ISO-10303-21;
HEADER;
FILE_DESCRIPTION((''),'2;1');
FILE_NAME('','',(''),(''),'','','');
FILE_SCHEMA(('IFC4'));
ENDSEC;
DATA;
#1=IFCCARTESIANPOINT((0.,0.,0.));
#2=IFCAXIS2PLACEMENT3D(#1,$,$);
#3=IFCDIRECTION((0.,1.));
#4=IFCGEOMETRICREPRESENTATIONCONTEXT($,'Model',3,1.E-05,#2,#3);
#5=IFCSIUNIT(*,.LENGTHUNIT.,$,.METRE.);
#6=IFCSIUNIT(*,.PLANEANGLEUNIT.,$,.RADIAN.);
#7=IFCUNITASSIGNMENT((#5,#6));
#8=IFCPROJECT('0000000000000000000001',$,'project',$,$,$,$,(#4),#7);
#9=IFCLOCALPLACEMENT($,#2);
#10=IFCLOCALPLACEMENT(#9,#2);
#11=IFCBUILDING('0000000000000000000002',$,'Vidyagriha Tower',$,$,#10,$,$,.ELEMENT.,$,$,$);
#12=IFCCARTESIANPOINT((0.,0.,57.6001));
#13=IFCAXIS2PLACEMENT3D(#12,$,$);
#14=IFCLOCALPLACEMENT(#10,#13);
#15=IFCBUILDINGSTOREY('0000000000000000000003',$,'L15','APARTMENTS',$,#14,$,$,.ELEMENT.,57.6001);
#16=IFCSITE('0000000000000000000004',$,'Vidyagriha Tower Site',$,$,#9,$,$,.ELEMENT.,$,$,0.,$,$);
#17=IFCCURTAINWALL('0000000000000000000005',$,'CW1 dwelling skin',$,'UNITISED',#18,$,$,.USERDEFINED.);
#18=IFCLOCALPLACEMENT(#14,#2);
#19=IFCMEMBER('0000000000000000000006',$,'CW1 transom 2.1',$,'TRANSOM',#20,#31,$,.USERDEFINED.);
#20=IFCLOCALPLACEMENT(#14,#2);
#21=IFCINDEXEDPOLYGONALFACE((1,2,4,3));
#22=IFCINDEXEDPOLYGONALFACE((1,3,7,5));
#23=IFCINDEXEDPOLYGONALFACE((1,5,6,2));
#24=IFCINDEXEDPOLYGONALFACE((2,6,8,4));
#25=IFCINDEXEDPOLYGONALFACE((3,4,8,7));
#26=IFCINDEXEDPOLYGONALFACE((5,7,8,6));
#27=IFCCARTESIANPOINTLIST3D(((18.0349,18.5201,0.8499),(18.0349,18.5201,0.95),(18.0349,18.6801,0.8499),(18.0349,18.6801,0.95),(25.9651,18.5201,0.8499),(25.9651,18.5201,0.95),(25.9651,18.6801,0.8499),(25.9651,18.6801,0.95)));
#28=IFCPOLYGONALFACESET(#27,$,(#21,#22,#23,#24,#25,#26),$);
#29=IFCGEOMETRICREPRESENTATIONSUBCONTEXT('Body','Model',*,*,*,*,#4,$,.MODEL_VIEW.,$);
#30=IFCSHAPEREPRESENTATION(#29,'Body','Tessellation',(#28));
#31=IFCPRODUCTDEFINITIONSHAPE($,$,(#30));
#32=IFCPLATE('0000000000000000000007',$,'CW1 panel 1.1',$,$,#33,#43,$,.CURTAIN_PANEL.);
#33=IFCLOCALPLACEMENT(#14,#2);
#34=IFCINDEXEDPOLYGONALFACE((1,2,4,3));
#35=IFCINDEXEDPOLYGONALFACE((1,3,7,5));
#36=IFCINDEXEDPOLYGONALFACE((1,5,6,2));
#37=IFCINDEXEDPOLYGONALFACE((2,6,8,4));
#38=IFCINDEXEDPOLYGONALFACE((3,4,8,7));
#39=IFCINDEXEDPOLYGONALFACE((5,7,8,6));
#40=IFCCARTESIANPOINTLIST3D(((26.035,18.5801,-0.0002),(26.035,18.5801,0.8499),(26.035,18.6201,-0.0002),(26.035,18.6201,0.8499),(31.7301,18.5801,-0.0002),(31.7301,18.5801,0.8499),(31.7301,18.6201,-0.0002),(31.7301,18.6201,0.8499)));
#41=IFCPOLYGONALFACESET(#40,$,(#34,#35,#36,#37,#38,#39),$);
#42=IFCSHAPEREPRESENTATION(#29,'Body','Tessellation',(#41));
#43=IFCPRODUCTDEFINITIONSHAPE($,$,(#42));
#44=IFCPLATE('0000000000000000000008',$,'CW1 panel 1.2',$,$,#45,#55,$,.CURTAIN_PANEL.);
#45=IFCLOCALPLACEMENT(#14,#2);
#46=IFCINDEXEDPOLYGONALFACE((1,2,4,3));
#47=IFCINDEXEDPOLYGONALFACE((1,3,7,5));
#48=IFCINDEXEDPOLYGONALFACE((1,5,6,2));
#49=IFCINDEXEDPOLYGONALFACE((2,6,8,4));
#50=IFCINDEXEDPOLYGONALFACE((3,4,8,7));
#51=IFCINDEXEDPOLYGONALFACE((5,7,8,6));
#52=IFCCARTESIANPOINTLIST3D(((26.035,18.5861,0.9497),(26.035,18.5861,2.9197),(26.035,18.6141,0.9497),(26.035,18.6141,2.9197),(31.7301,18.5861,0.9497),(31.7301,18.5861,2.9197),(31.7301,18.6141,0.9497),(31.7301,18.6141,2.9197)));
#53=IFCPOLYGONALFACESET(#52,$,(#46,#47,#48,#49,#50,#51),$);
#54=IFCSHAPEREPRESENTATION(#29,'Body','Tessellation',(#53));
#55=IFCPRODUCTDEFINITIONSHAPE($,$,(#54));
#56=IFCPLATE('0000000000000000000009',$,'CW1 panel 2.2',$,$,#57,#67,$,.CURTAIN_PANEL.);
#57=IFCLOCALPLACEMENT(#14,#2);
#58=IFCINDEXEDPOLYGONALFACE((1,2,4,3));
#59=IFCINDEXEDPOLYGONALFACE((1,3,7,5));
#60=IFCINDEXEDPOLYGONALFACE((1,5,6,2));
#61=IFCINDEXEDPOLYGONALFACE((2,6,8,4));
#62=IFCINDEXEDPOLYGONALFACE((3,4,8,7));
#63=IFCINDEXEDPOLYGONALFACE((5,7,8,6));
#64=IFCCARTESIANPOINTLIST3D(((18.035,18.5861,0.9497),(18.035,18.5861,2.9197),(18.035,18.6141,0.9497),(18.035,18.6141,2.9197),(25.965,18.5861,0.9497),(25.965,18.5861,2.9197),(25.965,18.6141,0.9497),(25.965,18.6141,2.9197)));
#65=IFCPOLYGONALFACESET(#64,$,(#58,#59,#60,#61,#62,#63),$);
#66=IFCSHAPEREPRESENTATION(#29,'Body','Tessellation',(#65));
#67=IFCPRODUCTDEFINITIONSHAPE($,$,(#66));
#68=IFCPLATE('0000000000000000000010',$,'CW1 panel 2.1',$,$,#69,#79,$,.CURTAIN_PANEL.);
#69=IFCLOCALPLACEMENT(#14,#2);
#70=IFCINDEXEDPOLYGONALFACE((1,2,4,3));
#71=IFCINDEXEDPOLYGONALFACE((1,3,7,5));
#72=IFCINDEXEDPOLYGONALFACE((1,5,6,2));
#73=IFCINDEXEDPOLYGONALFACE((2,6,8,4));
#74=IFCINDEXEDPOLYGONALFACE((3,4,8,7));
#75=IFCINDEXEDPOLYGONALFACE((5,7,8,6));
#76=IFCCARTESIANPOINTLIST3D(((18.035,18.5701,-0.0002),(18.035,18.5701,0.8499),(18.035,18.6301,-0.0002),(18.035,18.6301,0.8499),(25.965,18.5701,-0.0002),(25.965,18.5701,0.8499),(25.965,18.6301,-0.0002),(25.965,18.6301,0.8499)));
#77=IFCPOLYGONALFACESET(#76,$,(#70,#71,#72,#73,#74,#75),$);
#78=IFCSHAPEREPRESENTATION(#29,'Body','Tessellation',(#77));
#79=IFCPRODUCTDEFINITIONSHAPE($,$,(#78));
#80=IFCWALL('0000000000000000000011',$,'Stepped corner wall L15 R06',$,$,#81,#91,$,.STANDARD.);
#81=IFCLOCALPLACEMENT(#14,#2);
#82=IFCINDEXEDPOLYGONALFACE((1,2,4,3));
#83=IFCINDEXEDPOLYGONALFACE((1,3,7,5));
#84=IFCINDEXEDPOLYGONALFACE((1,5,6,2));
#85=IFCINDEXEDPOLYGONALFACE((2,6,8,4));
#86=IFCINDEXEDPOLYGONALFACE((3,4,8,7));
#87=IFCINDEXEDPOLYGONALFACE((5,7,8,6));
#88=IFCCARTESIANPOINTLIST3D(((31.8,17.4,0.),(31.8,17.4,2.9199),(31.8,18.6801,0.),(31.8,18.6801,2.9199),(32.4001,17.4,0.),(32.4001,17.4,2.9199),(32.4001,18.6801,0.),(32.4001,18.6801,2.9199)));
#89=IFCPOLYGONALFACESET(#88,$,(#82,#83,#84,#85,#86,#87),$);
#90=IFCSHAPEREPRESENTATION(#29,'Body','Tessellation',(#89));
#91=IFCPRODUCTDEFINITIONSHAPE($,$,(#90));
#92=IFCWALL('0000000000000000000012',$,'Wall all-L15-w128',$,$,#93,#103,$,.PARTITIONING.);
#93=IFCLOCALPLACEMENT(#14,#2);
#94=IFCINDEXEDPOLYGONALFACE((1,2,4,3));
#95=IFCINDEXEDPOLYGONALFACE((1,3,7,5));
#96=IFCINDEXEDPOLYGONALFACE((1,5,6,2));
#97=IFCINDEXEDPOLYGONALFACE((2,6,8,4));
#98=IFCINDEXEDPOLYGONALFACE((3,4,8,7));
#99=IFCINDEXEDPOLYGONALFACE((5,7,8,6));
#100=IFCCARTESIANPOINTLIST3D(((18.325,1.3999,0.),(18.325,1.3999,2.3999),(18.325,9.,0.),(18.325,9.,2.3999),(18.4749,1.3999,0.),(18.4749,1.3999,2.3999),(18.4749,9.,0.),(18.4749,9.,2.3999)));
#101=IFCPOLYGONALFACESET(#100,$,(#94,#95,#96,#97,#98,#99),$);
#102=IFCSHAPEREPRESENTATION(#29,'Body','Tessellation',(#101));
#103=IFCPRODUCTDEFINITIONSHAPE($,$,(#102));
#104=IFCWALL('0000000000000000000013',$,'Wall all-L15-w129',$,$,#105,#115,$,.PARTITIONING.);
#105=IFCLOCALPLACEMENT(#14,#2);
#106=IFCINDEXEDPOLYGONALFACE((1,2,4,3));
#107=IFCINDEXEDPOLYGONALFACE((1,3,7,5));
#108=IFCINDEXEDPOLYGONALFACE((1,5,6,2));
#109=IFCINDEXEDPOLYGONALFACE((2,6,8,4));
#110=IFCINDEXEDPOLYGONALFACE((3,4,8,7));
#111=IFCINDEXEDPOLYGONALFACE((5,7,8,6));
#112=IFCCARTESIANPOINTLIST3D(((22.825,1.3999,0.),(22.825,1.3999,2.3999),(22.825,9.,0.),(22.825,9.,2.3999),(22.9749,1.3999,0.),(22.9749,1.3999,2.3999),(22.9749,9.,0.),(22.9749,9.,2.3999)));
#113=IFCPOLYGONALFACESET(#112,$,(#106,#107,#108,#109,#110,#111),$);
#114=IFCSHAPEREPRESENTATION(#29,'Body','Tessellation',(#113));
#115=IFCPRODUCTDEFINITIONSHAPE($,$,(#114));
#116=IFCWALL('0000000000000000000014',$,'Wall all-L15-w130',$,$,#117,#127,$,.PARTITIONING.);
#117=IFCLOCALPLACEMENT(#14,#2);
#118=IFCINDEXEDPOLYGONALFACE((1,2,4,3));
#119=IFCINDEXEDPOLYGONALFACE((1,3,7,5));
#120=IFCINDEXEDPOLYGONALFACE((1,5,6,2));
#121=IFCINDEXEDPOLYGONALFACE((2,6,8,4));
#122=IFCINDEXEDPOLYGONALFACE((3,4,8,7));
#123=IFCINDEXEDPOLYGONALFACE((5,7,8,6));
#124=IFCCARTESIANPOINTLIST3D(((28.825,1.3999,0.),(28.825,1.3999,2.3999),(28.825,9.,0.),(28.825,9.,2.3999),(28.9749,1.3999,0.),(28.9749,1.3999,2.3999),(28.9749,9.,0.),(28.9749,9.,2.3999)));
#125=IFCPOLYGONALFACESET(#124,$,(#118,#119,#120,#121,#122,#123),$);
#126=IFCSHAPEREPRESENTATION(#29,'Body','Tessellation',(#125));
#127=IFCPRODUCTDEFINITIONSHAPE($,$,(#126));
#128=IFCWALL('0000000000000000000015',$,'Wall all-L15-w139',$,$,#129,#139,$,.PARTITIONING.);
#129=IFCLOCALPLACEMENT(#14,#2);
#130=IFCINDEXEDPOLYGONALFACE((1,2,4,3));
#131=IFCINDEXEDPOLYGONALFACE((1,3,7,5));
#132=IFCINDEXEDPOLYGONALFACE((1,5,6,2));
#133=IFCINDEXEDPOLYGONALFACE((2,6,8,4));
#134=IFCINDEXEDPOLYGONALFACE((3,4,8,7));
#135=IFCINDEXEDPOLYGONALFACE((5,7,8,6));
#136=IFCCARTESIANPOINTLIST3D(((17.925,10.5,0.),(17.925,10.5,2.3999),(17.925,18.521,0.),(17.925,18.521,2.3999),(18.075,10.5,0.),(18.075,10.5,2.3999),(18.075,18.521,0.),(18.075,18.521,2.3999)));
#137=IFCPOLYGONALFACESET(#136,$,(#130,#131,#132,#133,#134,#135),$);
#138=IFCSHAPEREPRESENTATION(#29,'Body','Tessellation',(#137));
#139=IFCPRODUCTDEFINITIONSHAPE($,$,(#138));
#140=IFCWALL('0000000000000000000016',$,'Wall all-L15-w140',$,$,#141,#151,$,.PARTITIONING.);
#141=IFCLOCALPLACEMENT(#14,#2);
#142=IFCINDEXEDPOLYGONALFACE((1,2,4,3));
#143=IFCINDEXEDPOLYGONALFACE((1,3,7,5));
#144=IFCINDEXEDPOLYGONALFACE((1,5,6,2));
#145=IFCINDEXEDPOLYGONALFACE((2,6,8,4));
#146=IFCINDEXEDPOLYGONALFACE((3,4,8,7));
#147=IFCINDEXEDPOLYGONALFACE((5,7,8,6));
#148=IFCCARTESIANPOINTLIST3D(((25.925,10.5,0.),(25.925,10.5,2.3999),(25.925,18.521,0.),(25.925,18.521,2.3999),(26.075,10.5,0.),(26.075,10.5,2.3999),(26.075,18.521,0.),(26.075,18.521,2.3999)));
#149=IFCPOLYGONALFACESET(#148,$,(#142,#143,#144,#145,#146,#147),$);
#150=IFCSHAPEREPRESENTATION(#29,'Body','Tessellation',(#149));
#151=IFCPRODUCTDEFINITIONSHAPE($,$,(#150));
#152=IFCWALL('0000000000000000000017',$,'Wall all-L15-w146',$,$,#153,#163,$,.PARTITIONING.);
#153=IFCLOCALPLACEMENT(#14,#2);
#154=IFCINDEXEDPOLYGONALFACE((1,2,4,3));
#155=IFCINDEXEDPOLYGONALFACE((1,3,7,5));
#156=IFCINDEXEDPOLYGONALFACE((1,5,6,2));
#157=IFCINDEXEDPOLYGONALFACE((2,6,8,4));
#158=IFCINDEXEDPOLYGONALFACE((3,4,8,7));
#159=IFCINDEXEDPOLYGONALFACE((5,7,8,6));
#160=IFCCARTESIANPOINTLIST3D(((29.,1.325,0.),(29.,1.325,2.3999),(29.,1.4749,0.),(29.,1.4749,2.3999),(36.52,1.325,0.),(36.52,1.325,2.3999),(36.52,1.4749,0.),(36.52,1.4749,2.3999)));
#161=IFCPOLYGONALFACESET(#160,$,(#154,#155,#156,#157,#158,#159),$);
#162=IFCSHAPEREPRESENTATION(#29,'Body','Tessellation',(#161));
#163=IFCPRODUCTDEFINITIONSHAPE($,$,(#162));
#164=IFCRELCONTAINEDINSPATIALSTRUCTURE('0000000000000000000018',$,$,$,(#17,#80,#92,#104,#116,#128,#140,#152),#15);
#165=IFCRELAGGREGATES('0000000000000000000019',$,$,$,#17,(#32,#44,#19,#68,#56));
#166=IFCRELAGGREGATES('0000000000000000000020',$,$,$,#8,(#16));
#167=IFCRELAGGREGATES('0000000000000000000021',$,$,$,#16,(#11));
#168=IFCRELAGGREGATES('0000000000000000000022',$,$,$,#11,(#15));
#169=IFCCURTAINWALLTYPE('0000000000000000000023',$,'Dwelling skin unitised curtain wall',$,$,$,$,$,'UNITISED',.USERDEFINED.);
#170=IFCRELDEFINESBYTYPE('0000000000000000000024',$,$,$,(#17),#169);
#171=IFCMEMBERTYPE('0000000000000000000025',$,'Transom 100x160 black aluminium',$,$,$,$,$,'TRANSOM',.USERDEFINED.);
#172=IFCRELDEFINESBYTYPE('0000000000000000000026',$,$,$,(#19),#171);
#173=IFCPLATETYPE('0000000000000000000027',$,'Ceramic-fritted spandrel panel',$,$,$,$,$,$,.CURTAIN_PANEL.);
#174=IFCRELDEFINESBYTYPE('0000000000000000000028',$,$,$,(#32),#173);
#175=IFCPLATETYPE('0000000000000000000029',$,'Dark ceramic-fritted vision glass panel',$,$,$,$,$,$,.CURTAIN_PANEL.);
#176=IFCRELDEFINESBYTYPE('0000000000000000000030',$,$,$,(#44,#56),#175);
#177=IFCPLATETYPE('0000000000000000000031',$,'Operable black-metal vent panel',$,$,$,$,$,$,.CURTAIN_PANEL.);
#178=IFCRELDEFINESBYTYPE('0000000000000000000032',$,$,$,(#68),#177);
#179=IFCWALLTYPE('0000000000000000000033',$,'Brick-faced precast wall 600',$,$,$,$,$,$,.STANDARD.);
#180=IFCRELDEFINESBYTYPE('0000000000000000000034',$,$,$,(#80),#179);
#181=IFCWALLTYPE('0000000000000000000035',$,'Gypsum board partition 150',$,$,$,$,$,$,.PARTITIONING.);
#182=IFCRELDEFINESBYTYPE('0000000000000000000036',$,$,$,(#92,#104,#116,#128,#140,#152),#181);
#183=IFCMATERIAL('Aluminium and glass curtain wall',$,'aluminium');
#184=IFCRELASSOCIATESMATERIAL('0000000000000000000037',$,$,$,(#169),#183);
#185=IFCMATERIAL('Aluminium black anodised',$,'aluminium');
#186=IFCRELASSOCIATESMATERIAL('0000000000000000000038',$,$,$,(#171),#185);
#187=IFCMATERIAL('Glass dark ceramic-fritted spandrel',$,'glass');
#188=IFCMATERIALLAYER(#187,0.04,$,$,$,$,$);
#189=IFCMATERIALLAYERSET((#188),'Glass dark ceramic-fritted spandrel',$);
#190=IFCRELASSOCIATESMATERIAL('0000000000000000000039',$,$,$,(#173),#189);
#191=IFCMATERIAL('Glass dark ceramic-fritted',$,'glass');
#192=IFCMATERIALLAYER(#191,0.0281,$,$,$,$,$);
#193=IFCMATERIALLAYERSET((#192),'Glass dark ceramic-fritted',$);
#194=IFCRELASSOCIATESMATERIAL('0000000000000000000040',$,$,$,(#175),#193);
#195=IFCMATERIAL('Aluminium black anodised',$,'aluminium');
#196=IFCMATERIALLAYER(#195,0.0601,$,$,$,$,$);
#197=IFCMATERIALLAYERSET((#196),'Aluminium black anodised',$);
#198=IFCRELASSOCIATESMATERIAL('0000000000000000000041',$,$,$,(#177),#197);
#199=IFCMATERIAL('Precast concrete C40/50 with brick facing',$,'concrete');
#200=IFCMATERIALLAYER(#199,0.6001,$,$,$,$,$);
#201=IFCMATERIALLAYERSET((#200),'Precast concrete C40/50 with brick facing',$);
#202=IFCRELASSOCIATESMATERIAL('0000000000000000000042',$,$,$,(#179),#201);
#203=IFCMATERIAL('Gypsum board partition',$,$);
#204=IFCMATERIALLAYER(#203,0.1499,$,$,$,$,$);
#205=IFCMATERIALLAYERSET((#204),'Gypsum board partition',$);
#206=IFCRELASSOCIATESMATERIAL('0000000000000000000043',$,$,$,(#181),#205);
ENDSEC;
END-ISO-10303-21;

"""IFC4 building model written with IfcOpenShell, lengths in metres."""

from ifc_helpers import new_model, si_unit, direction, frame, frame_2d, origin, origin_2d, place, context, subcontext, project, spatial, rectangle, extrude, material, layer, layer_set, material_profile, profile_set, type_object, element, aggregate, save


model = new_model("IFC4")

# Units and contexts
model_context = context("Model", 3, precision=1e-05, world=origin(), true_north=direction((0.0, 1.0)))
body_context = subcontext(model_context, "Body", "Model", "MODEL_VIEW")
ifc_project = project(units=[si_unit("LENGTHUNIT", "METRE"), si_unit("PLANEANGLEUNIT", "RADIAN")], contexts=[model_context])

# Site, building, storey
site_placement = place(None, origin())
site = spatial("IfcSite", under=ifc_project, at=site_placement, Name="Vidyagriha Tower Site", CompositionType="ELEMENT", RefElevation=0.0)
building_placement = place(site_placement, origin())
building = spatial("IfcBuilding", under=site, at=building_placement, Name="Vidyagriha Tower", CompositionType="ELEMENT")
storey_placement = place(building_placement, frame((0.0, 0.0, 57.6001)))
storey = spatial("IfcBuildingStorey", under=building, at=storey_placement, Name="L15", Description="APARTMENTS", CompositionType="ELEMENT", Elevation=57.6001)

# Curtain wall, member, plates
ifc_material_1 = material(Name="Aluminium and glass curtain wall", Category="aluminium")
curtain_wall_type = type_object("IfcCurtainWallType", Name="Dwelling skin unitised curtain wall", ElementType="UNITISED", PredefinedType="USERDEFINED", material=ifc_material_1)
curtain_wall_placement = place(storey_placement, origin())
curtain_wall = element("IfcCurtainWall", 1, at=curtain_wall_placement, inside=storey, type_object=curtain_wall_type, Name="CW1 dwelling skin", ObjectType="UNITISED", PredefinedType="USERDEFINED")
ifc_material_2 = material(Name="Aluminium black anodised", Category="aluminium")
ifc_material_profile_1 = material_profile(ifc_material_2, rectangle(XDim=0.1599, YDim=0.1001, at=origin_2d()), Name="Transom 100x160 black aluminium")
ifc_profile_set_1 = profile_set([ifc_material_profile_1], Name="Aluminium black anodised")
member_type_1 = type_object("IfcMemberType", Name="Transom 100x160 black aluminium", ElementType="TRANSOM", PredefinedType="USERDEFINED", material=ifc_profile_set_1)
member_1_placement = place(storey_placement, frame((25.9651, 18.6001, 0.8999), z_axis=(-1.0, 0.0, 0.0), x_axis=(0.0, -1.0, 0.0)))
member_1 = element("IfcMember", 2, at=member_1_placement, type_object=member_type_1, Name="CW1 transom 2.1", ObjectType="TRANSOM", PredefinedType="USERDEFINED", context=body_context, shape_type="SweptSolid", body=[
    extrude(rectangle(XDim=0.1599, YDim=0.1001, at=origin_2d()), origin(), (0.0, 0.0, 1.0), 7.9302),
])
ifc_material_3 = material(Name="Glass dark ceramic-fritted spandrel", Category="glass")
ifc_layer_1 = layer(ifc_material_3, 0.04)
ifc_layer_set_1 = layer_set([ifc_layer_1], Name="Glass dark ceramic-fritted spandrel")
plate_type_1 = type_object("IfcPlateType", Name="Ceramic-fritted spandrel panel", PredefinedType="CURTAIN_PANEL", material=ifc_layer_set_1)
plate_1_placement = place(storey_placement, frame((28.8826, 18.6001, -0.0002), z_axis=(0.0, 0.0, 1.0), x_axis=(-1.0, 0.0, 0.0)))
plate_1 = element("IfcPlate", 3, at=plate_1_placement, type_object=plate_type_1, Name="CW1 panel 1.1", PredefinedType="CURTAIN_PANEL", context=body_context, shape_type="SweptSolid", body=[
    extrude(rectangle(XDim=5.6951, YDim=0.04, at=origin_2d()), origin(), (0.0, 0.0, 1.0), 0.8501),
])
ifc_material_4 = material(Name="Glass dark ceramic-fritted", Category="glass")
ifc_layer_2 = layer(ifc_material_4, 0.0281)
ifc_layer_set_2 = layer_set([ifc_layer_2], Name="Glass dark ceramic-fritted")
plate_type_2 = type_object("IfcPlateType", Name="Dark ceramic-fritted vision glass panel", PredefinedType="CURTAIN_PANEL", material=ifc_layer_set_2)
plate_2_placement = place(storey_placement, frame((28.8826, 18.6001, 0.9497), z_axis=(0.0, 0.0, 1.0), x_axis=(-1.0, 0.0, 0.0)))
plate_2 = element("IfcPlate", 4, at=plate_2_placement, type_object=plate_type_2, Name="CW1 panel 1.2", PredefinedType="CURTAIN_PANEL", context=body_context, shape_type="SweptSolid", body=[
    extrude(rectangle(XDim=5.6951, YDim=0.0281, at=origin_2d()), origin(), (0.0, 0.0, 1.0), 1.97),
])
plate_3_placement = place(storey_placement, frame((22.0, 18.6001, 0.9497), z_axis=(0.0, 0.0, 1.0), x_axis=(-1.0, 0.0, 0.0)))
plate_3 = element("IfcPlate", 5, at=plate_3_placement, type_object=plate_type_2, Name="CW1 panel 2.2", PredefinedType="CURTAIN_PANEL", context=body_context, shape_type="SweptSolid", body=[
    extrude(rectangle(XDim=7.9299, YDim=0.0281, at=origin_2d()), origin(), (0.0, 0.0, 1.0), 1.97),
])
ifc_material_5 = material(Name="Aluminium black anodised", Category="aluminium")
ifc_layer_3 = layer(ifc_material_5, 0.0601)
ifc_layer_set_3 = layer_set([ifc_layer_3], Name="Aluminium black anodised")
plate_type_3 = type_object("IfcPlateType", Name="Operable black-metal vent panel", PredefinedType="CURTAIN_PANEL", material=ifc_layer_set_3)
plate_4_placement = place(storey_placement, frame((22.0, 18.6001, -0.0002), z_axis=(0.0, 0.0, 1.0), x_axis=(-1.0, 0.0, 0.0)))
plate_4 = element("IfcPlate", 6, at=plate_4_placement, type_object=plate_type_3, Name="CW1 panel 2.1", PredefinedType="CURTAIN_PANEL", context=body_context, shape_type="SweptSolid", body=[
    extrude(rectangle(XDim=7.9299, YDim=0.0601, at=origin_2d()), origin(), (0.0, 0.0, 1.0), 0.8501),
])
aggregate(curtain_wall, [plate_1, plate_2, member_1, plate_4, plate_3])

# Walls
ifc_material_6 = material(Name="Precast concrete C40/50 with brick facing", Category="concrete")
ifc_layer_4 = layer(ifc_material_6, 0.6001)
ifc_layer_set_4 = layer_set([ifc_layer_4], Name="Precast concrete C40/50 with brick facing")
wall_type_1 = type_object("IfcWallType", Name="Brick-faced precast wall 600", PredefinedType="STANDARD", material=ifc_layer_set_4)
wall_1_placement = place(storey_placement, frame((32.1001, 17.3999, 0.0), z_axis=(0.0, 0.0, 1.0), x_axis=(0.0, 1.0, 0.0)))
element("IfcWall", 7, at=wall_1_placement, inside=storey, type_object=wall_type_1, Name="Stepped corner wall L15 R06", PredefinedType="STANDARD", context=body_context, shape_type="SweptSolid", body=[
    extrude(rectangle(XDim=1.28, YDim=0.6001, at=frame_2d((0.6401, 0.0))), origin(), (0.0, 0.0, 1.0), 2.9199),
])
ifc_material_7 = material(Name="Gypsum board partition")
ifc_layer_5 = layer(ifc_material_7, 0.1499)
ifc_layer_set_5 = layer_set([ifc_layer_5], Name="Gypsum board partition")
wall_type_2 = type_object("IfcWallType", Name="Gypsum board partition 150", PredefinedType="PARTITIONING", material=ifc_layer_set_5)
for number, where, z_axis, x_axis, name in (
    (8, (18.3999, 9.0, 0.0), (0.0, 0.0, 1.0), (0.0, -1.0, 0.0), "Wall all-L15-w128"),
    (9, (22.8999, 9.0, 0.0), (0.0, 0.0, 1.0), (0.0, -1.0, 0.0), "Wall all-L15-w129"),
    (10, (28.8999, 9.0, 0.0), (0.0, 0.0, 1.0), (0.0, -1.0, 0.0), "Wall all-L15-w130"),
):
    element("IfcWall", number, at=place(storey_placement, frame(where, z_axis=z_axis, x_axis=x_axis)), inside=storey, type_object=wall_type_2, Name=name, PredefinedType="PARTITIONING", context=body_context, shape_type="SweptSolid", body=[
        extrude(rectangle(XDim=7.6001, YDim=0.1499, at=frame_2d((3.8, 0.0))), origin(), (0.0, 0.0, 1.0), 2.3999),
    ])
for number, where, z_axis, x_axis, name in (
    (11, (18.0, 18.521, 0.0), (0.0, 0.0, 1.0), (0.0, -1.0, 0.0), "Wall all-L15-w139"),
    (12, (26.0, 18.521, 0.0), (0.0, 0.0, 1.0), (0.0, -1.0, 0.0), "Wall all-L15-w140"),
):
    element("IfcWall", number, at=place(storey_placement, frame(where, z_axis=z_axis, x_axis=x_axis)), inside=storey, type_object=wall_type_2, Name=name, PredefinedType="PARTITIONING", context=body_context, shape_type="SweptSolid", body=[
        extrude(rectangle(XDim=8.021, YDim=0.1499, at=frame_2d((4.0105, 0.0))), origin(), (0.0, 0.0, 1.0), 2.3999),
    ])
wall_2_placement = place(storey_placement, frame((29.0, 1.3999, 0.0)))
element("IfcWall", 13, at=wall_2_placement, inside=storey, type_object=wall_type_2, Name="Wall all-L15-w146", PredefinedType="PARTITIONING", context=body_context, shape_type="SweptSolid", body=[
    extrude(rectangle(XDim=7.52, YDim=0.1499, at=frame_2d((3.76, 0.0))), origin(), (0.0, 0.0, 1.0), 2.3999),
])

save(model, "model.ifc")
